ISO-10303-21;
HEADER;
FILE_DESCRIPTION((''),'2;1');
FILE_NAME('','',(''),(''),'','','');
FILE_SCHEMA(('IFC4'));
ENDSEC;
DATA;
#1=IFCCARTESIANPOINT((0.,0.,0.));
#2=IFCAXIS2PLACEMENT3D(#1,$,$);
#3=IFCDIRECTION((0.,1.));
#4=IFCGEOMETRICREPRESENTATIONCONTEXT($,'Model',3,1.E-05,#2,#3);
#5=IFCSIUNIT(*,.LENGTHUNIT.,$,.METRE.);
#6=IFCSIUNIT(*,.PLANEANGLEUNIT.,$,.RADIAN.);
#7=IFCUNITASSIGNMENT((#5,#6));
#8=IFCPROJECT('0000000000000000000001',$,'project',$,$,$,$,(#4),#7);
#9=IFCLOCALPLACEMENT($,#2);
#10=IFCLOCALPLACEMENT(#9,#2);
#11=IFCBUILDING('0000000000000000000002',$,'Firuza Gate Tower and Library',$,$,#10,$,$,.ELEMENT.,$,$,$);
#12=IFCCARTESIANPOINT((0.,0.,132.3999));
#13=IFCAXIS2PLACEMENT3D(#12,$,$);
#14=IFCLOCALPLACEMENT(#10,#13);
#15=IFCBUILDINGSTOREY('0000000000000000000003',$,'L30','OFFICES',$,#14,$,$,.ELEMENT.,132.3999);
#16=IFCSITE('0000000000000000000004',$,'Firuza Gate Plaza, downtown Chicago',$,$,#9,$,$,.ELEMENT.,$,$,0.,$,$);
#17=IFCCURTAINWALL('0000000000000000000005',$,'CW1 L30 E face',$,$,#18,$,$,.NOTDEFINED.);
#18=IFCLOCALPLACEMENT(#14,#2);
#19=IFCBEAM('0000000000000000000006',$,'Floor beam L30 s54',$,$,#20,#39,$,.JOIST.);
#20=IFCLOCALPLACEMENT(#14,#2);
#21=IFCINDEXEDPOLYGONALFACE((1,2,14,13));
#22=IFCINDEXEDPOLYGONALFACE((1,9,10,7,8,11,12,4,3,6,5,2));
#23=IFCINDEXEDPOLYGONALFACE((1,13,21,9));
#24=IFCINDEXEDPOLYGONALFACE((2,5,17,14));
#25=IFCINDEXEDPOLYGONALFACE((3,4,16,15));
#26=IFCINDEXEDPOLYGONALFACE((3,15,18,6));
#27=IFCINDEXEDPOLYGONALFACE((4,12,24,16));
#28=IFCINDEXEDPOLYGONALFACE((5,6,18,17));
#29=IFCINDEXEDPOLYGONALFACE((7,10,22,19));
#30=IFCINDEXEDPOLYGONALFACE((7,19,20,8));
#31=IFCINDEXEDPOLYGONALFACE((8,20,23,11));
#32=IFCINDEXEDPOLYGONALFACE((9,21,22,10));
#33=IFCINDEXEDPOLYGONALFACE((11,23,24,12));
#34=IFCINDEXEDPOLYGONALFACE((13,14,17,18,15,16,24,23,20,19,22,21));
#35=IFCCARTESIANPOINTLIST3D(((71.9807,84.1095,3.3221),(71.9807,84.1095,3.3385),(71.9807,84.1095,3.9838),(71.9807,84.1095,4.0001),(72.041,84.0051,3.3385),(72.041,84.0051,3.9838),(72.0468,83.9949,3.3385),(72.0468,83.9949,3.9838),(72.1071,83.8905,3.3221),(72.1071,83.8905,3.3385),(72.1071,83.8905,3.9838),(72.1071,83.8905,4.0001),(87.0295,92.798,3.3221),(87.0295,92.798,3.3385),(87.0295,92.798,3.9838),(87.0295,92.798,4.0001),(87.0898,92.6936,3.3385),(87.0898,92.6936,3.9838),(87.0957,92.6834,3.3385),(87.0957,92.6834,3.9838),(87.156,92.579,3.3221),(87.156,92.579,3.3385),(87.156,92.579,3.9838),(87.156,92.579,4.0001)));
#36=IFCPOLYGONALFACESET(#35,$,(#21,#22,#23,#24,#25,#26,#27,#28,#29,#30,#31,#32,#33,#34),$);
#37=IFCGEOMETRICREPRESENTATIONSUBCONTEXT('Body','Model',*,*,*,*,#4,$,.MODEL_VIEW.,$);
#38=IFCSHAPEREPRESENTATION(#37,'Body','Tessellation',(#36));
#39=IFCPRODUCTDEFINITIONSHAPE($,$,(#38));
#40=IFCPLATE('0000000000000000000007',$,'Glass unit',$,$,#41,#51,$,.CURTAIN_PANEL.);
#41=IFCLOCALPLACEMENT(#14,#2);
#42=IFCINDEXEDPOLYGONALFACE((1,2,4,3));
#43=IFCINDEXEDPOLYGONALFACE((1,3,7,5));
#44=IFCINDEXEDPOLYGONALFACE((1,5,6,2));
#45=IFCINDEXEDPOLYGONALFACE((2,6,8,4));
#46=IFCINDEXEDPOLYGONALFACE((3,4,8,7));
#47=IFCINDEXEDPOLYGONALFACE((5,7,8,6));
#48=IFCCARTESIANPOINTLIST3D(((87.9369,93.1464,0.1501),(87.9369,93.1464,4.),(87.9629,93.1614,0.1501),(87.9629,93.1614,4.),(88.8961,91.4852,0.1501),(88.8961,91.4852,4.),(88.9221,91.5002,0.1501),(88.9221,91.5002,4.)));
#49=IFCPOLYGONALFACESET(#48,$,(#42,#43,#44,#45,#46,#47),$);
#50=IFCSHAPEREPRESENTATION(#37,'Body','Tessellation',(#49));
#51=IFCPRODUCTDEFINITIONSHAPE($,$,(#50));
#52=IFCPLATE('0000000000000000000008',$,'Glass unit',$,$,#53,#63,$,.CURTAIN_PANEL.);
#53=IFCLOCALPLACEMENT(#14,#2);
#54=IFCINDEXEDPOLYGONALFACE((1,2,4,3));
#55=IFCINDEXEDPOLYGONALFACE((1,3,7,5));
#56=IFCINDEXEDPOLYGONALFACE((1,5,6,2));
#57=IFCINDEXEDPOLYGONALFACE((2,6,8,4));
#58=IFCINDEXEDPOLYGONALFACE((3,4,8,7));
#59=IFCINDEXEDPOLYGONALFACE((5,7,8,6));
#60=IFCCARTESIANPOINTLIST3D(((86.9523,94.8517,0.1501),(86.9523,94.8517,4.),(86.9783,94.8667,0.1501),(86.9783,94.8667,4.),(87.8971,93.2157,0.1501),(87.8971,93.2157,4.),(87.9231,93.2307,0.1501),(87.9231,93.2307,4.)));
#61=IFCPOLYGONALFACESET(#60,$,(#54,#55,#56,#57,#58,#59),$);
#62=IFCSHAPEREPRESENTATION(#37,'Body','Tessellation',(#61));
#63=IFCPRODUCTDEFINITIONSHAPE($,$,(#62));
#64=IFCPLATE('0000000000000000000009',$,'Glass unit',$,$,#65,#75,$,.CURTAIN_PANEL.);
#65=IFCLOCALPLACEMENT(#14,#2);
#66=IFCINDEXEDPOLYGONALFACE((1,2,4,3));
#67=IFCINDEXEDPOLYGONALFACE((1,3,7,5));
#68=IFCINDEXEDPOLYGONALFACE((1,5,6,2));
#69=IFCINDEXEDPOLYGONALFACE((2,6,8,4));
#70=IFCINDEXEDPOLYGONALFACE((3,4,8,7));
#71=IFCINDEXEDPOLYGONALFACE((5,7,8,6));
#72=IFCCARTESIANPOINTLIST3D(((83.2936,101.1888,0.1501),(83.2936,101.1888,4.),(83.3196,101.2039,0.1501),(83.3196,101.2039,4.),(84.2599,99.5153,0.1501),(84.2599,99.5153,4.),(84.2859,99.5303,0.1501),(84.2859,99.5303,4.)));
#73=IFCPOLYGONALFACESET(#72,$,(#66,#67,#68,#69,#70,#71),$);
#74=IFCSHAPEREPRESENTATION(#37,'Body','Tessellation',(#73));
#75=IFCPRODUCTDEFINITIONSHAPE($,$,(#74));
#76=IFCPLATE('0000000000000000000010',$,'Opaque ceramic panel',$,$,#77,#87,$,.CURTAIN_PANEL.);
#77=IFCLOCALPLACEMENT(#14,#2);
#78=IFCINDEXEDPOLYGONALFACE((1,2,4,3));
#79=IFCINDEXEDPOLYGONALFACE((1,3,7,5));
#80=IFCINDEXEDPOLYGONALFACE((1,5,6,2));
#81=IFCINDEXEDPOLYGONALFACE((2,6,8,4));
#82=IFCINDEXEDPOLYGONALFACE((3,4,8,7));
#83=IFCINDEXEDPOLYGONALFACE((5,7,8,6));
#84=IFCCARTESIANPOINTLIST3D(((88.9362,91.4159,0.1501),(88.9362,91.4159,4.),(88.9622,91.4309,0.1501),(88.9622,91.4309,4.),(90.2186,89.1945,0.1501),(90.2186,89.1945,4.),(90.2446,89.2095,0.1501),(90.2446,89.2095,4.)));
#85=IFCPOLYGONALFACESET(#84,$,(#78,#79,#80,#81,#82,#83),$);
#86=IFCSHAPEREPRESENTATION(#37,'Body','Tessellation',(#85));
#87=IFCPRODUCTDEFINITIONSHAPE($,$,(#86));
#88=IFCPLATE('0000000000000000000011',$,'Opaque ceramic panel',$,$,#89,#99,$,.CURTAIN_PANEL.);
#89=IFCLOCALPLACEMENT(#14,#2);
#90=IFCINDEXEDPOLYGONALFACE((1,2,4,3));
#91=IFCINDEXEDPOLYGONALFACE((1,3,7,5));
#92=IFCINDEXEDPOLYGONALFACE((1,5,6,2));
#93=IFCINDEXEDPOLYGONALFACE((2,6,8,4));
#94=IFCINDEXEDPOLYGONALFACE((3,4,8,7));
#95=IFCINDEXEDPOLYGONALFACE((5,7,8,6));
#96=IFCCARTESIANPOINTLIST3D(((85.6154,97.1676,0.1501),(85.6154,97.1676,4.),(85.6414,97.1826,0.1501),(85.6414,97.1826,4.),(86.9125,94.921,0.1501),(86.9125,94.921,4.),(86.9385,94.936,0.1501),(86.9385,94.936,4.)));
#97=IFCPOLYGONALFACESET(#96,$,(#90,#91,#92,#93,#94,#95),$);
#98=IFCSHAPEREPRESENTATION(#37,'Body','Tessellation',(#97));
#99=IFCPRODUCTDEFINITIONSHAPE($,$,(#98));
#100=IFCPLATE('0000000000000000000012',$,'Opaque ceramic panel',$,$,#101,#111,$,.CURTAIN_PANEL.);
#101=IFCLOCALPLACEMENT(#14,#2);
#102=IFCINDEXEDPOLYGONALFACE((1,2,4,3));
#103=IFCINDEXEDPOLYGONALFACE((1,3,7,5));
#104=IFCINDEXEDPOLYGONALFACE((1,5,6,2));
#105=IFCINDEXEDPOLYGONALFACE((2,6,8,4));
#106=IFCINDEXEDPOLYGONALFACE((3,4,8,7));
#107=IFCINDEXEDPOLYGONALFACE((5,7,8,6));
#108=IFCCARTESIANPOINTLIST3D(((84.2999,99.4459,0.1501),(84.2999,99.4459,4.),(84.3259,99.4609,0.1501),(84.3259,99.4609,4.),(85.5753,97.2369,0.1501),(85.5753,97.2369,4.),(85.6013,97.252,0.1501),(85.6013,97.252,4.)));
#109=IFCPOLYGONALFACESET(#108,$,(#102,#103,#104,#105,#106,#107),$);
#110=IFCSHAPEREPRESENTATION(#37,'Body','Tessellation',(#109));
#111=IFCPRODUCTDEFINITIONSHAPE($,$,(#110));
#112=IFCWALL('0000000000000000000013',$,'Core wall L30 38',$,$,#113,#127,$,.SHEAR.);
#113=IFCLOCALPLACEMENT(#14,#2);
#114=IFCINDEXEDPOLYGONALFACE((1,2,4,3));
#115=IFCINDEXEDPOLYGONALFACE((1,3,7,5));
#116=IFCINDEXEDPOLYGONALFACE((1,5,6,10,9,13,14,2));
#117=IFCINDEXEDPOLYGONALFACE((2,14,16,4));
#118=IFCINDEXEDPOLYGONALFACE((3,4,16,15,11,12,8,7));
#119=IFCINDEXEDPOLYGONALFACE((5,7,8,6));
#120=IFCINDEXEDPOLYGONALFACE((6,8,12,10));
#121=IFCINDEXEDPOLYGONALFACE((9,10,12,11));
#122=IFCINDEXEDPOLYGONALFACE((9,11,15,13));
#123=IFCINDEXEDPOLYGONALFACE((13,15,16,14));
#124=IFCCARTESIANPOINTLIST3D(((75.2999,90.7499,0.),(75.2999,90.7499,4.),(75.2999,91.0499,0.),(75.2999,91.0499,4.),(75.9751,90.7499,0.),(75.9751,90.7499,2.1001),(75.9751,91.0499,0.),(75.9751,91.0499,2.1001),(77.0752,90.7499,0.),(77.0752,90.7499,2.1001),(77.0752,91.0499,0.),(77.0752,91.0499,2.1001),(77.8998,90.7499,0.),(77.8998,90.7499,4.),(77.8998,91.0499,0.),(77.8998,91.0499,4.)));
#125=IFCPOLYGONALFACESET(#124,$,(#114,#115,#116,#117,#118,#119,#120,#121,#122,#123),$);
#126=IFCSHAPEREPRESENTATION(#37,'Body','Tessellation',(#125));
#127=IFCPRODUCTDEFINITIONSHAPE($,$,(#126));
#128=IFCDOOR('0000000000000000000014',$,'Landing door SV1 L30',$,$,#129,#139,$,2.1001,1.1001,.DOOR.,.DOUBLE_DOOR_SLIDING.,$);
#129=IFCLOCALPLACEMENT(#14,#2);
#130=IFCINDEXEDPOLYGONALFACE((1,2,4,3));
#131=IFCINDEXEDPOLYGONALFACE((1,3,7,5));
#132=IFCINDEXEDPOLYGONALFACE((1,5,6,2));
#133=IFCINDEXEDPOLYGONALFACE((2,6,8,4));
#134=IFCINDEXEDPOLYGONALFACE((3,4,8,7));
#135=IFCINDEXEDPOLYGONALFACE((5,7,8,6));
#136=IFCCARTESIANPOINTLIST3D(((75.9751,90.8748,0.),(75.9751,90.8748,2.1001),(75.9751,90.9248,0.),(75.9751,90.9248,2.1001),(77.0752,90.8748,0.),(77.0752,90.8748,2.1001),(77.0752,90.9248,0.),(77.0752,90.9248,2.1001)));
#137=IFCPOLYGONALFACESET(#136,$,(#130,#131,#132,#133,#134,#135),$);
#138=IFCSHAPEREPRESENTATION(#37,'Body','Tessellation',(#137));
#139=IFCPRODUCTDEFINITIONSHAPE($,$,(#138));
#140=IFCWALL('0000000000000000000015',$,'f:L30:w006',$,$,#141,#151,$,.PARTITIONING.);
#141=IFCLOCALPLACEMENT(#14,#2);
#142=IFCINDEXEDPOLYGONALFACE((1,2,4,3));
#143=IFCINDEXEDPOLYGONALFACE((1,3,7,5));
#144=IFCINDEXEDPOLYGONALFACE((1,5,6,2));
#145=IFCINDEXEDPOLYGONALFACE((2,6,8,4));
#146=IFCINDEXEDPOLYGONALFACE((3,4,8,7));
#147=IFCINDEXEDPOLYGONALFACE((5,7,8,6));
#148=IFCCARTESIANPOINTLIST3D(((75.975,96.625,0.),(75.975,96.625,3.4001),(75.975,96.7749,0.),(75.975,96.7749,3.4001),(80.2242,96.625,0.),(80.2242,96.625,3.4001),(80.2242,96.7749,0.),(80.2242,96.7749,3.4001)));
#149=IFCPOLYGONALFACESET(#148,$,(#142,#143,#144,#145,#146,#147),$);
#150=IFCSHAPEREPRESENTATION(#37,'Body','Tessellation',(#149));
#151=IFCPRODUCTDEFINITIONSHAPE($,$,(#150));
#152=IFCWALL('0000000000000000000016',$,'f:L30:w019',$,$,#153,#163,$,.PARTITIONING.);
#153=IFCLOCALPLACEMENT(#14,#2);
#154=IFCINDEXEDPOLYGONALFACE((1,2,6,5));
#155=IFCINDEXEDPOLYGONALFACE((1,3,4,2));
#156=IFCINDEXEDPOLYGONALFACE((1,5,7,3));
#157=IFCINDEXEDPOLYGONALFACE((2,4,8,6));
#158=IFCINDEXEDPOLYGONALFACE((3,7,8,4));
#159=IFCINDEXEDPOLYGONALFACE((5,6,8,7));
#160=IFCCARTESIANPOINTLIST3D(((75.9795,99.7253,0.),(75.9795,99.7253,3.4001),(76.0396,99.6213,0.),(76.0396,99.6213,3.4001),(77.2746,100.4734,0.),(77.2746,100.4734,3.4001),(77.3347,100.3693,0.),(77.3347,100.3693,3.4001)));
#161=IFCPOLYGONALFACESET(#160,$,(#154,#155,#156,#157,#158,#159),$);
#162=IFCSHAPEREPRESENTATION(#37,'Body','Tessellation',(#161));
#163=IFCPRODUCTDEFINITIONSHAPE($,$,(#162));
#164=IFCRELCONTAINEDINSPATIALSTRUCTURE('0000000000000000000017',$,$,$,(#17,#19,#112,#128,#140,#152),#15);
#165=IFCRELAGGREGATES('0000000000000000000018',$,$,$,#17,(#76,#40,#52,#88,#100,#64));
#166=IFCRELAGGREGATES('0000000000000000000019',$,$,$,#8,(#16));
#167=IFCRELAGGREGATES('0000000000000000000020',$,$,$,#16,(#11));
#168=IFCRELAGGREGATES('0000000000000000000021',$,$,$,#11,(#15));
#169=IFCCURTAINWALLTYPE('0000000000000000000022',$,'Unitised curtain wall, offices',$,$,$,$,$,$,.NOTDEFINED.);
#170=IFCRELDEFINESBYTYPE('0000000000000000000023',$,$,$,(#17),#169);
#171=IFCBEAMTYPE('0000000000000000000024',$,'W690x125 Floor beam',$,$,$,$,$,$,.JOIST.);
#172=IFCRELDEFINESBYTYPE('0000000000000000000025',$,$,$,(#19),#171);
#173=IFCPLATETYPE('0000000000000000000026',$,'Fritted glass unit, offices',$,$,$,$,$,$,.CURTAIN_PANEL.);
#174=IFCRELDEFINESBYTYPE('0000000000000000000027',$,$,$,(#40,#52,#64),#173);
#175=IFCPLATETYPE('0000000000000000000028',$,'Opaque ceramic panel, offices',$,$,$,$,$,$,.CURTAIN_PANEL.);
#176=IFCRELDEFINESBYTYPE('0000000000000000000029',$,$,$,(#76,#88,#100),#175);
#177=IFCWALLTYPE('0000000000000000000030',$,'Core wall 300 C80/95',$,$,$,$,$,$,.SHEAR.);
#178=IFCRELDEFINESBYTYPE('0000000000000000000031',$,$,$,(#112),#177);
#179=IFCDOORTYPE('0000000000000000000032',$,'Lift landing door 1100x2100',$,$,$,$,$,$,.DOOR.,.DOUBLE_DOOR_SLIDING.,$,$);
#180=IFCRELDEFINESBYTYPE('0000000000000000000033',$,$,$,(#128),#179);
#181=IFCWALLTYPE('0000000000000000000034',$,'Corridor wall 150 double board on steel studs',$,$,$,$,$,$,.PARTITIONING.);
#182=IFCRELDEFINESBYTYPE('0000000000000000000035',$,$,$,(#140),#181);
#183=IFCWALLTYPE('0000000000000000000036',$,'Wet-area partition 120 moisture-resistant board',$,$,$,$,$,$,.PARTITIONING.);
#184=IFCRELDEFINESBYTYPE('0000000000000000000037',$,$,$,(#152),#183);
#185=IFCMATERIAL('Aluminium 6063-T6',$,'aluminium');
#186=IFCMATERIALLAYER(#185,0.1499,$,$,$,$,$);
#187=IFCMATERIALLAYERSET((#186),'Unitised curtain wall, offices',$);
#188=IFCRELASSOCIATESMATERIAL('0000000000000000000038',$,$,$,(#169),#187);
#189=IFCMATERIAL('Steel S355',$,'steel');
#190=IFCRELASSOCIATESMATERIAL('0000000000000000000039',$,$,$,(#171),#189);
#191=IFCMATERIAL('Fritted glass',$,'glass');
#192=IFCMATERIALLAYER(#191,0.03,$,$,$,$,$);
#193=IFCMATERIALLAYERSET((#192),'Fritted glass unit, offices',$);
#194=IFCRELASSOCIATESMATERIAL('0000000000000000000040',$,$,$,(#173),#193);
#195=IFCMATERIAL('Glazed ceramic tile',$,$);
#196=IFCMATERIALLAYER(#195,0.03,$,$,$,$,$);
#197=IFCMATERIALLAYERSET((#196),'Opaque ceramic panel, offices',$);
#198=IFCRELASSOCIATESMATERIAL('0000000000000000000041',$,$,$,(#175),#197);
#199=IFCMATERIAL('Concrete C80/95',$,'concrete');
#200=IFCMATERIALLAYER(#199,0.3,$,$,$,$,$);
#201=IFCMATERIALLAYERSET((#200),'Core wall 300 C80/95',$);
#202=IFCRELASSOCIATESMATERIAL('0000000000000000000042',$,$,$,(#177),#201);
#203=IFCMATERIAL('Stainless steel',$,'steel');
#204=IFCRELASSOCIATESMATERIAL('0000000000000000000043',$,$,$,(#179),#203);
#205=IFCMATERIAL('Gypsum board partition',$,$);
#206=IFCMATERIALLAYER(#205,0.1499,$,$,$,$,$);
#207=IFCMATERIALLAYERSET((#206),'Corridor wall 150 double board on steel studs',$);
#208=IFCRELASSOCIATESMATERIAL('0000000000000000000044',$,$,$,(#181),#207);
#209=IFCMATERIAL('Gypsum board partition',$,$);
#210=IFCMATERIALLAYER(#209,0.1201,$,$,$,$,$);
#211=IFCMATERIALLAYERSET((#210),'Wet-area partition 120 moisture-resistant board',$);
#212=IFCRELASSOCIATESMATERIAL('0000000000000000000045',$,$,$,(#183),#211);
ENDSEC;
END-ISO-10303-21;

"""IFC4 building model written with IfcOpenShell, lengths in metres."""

from ifc_helpers import new_model, si_unit, direction, frame, frame_2d, origin, origin_2d, place, context, subcontext, project, spatial, polyline, rectangle, i_section, outline, extrude, material, layer, layer_set, material_profile, profile_set, type_object, element, fill, aggregate, save


model = new_model("IFC4")

# Units and contexts
model_context = context("Model", 3, precision=1e-05, world=origin(), true_north=direction((0.0, 1.0)))
body_context = subcontext(model_context, "Body", "Model", "MODEL_VIEW")
ifc_project = project(units=[si_unit("LENGTHUNIT", "METRE"), si_unit("PLANEANGLEUNIT", "RADIAN")], contexts=[model_context])

# Site, building, storey
site_placement = place(None, origin())
site = spatial("IfcSite", under=ifc_project, at=site_placement, Name="Firuza Gate Plaza, downtown Chicago", CompositionType="ELEMENT", RefElevation=0.0)
building_placement = place(site_placement, origin())
building = spatial("IfcBuilding", under=site, at=building_placement, Name="Firuza Gate Tower and Library", CompositionType="ELEMENT")
storey_placement = place(building_placement, frame((0.0, 0.0, 132.3999)))
storey = spatial("IfcBuildingStorey", under=building, at=storey_placement, Name="L30", Description="OFFICES", CompositionType="ELEMENT", Elevation=132.3999)

# Curtain wall
ifc_material_1 = material(Name="Aluminium 6063-T6", Category="aluminium")
ifc_layer_1 = layer(ifc_material_1, 0.1499)
ifc_layer_set_1 = layer_set([ifc_layer_1], Name="Unitised curtain wall, offices")
curtain_wall_type = type_object("IfcCurtainWallType", Name="Unitised curtain wall, offices", PredefinedType="NOTDEFINED", material=ifc_layer_set_1)
curtain_wall_placement = place(storey_placement, origin())
curtain_wall = element("IfcCurtainWall", 1, at=curtain_wall_placement, inside=storey, type_object=curtain_wall_type, Name="CW1 L30 E face", PredefinedType="NOTDEFINED")

# Beam
ifc_material_2 = material(Name="Steel S355", Category="steel")
ifc_material_profile_1 = material_profile(ifc_material_2, i_section(OverallWidth=0.2529, OverallDepth=0.678, WebThickness=0.0117, FlangeThickness=0.0164, at=origin_2d()))
ifc_profile_set_1 = profile_set([ifc_material_profile_1], Name="Steel S355")
beam_type_1 = type_object("IfcBeamType", Name="W690x125 Floor beam", PredefinedType="JOIST", material=ifc_profile_set_1)
beam_1_placement = place(storey_placement, frame((87.0928, 92.6885, 3.6611), z_axis=(-0.866025, -0.500001, 0.0), x_axis=(0.500001, -0.866025, 0.0)))
element("IfcBeam", 2, at=beam_1_placement, inside=storey, type_object=beam_type_1, Name="Floor beam L30 s54", PredefinedType="JOIST", context=body_context, shape_type="SweptSolid", body=[
    extrude(i_section(OverallWidth=0.2529, OverallDepth=0.678, WebThickness=0.0117, FlangeThickness=0.0164, at=origin_2d()), origin(), (0.0, 0.0, 1.0), 17.377),
])

# Plates
ifc_material_3 = material(Name="Fritted glass", Category="glass")
ifc_layer_2 = layer(ifc_material_3, 0.03)
ifc_layer_set_2 = layer_set([ifc_layer_2], Name="Fritted glass unit, offices")
plate_type_1 = type_object("IfcPlateType", Name="Fritted glass unit, offices", PredefinedType="CURTAIN_PANEL", material=ifc_layer_set_2)
plate_1_placement = place(storey_placement, frame((88.9221, 91.5002, 0.1501), z_axis=(0.865986, 0.500068, 0.0), x_axis=(-0.500068, 0.865986, 0.0)))
plate_1 = element("IfcPlate", 3, at=plate_1_placement, type_object=plate_type_1, Name="Glass unit", PredefinedType="CURTAIN_PANEL", context=body_context, shape_type="SweptSolid", body=[
    extrude(outline(polyline([(0.0, 0.0), (1.9182, 0.0), (1.9182, 3.8499), (0.0, 3.8499), (0.0, 0.0)])), origin(), (0.0, 0.0, -1.0), 0.03),
])
plate_2_placement = place(storey_placement, frame((87.9231, 93.2307, 0.1501), z_axis=(0.86596, 0.500114, 0.0), x_axis=(-0.500114, 0.86596, 0.0)))
plate_2 = element("IfcPlate", 4, at=plate_2_placement, type_object=plate_type_1, Name="Glass unit", PredefinedType="CURTAIN_PANEL", context=body_context, shape_type="SweptSolid", body=[
    extrude(outline(polyline([(0.0, 0.0), (1.8892, 0.0), (1.8892, 3.8499), (0.0, 3.8499), (0.0, 0.0)])), origin(), (0.0, 0.0, -1.0), 0.03),
])
plate_3_placement = place(storey_placement, frame((84.2859, 99.5303, 0.1501), z_axis=(0.866011, 0.500025, 0.0), x_axis=(-0.500025, 0.866011, 0.0)))
plate_3 = element("IfcPlate", 5, at=plate_3_placement, type_object=plate_type_1, Name="Glass unit", PredefinedType="CURTAIN_PANEL", context=body_context, shape_type="SweptSolid", body=[
    extrude(outline(polyline([(0.0, 0.0), (1.9325, 0.0), (1.9325, 3.8499), (0.0, 3.8499), (0.0, 0.0)])), origin(), (0.0, 0.0, -1.0), 0.03),
])
ifc_material_4 = material(Name="Glazed ceramic tile")
ifc_layer_3 = layer(ifc_material_4, 0.03)
ifc_layer_set_3 = layer_set([ifc_layer_3], Name="Opaque ceramic panel, offices")
plate_type_2 = type_object("IfcPlateType", Name="Opaque ceramic panel, offices", PredefinedType="CURTAIN_PANEL", material=ifc_layer_set_3)
plate_4_placement = place(storey_placement, frame((90.2446, 89.2095, 0.1501), z_axis=(0.866038, 0.499978, 0.0), x_axis=(-0.499978, 0.866038, 0.0)))
plate_4 = element("IfcPlate", 6, at=plate_4_placement, type_object=plate_type_2, Name="Opaque ceramic panel", PredefinedType="CURTAIN_PANEL", context=body_context, shape_type="SweptSolid", body=[
    extrude(outline(polyline([(0.0, 0.0), (2.5651, 0.0), (2.5651, 3.8499), (0.0, 3.8499), (0.0, 0.0)])), origin(), (0.0, 0.0, -1.0), 0.03),
])
plate_5_placement = place(storey_placement, frame((86.9385, 94.936, 0.1501), z_axis=(0.866016, 0.500016, 0.0), x_axis=(-0.500016, 0.866016, 0.0)))
plate_5 = element("IfcPlate", 7, at=plate_5_placement, type_object=plate_type_2, Name="Opaque ceramic panel", PredefinedType="CURTAIN_PANEL", context=body_context, shape_type="SweptSolid", body=[
    extrude(outline(polyline([(0.0, 0.0), (2.5942, 0.0), (2.5942, 3.8499), (0.0, 3.8499), (0.0, 0.0)])), origin(), (0.0, 0.0, -1.0), 0.03),
])
plate_6_placement = place(storey_placement, frame((85.6013, 97.252, 0.1501), z_axis=(0.86602, 0.50001, 0.0), x_axis=(-0.50001, 0.86602, 0.0)))
plate_6 = element("IfcPlate", 8, at=plate_6_placement, type_object=plate_type_2, Name="Opaque ceramic panel", PredefinedType="CURTAIN_PANEL", context=body_context, shape_type="SweptSolid", body=[
    extrude(outline(polyline([(0.0, 0.0), (2.5507, 0.0), (2.5507, 3.8499), (0.0, 3.8499), (0.0, 0.0)])), origin(), (0.0, 0.0, -1.0), 0.03),
])
aggregate(curtain_wall, [plate_4, plate_1, plate_2, plate_5, plate_6, plate_3])

# Wall, opening, door
ifc_material_5 = material(Name="Concrete C80/95", Category="concrete")
ifc_layer_4 = layer(ifc_material_5, 0.3)
ifc_layer_set_4 = layer_set([ifc_layer_4], Name="Core wall 300 C80/95")
wall_type_1 = type_object("IfcWallType", Name="Core wall 300 C80/95", PredefinedType="SHEAR", material=ifc_layer_set_4)
wall_1_placement = place(storey_placement, frame((75.3, 90.8999, 0.0), z_axis=(0.0, 0.0, 1.0), x_axis=(1.0, 0.0, 0.0)))
wall_1 = element("IfcWall", 9, at=wall_1_placement, inside=storey, type_object=wall_type_1, Name="Core wall L30 38", PredefinedType="SHEAR", context=body_context, shape_type="SweptSolid", body=[
    extrude(rectangle(XDim=2.5999, YDim=0.3, at=frame_2d((1.2998, 0.0))), origin(), (0.0, 0.0, 1.0), 4.0),
])
opening_1_placement = place(wall_1_placement, frame((0.675, 0.0, 0.0)))
opening_1 = element("IfcOpeningElement", 10, at=opening_1_placement, cuts=wall_1, PredefinedType="OPENING", context=body_context, shape_type="SweptSolid", body=[
    extrude(rectangle(XDim=1.1001, YDim=2.1001, at=frame_2d((0.55, 1.05))), frame((0.0, 0.1602, 0.0), z_axis=(0.0, -1.0, 0.0), x_axis=(1.0, 0.0, 0.0)), (0.0, 0.0, 1.0), 0.3201),
])
ifc_material_6 = material(Name="Stainless steel", Category="steel")
door_type_1 = type_object("IfcDoorType", Name="Lift landing door 1100x2100", OperationType="DOUBLE_DOOR_SLIDING", PredefinedType="DOOR", material=ifc_material_6)
door_1_placement = place(opening_1_placement, origin())
door_1 = element("IfcDoor", 11, at=door_1_placement, inside=storey, type_object=door_type_1, Name="Landing door SV1 L30", OperationType="DOUBLE_DOOR_SLIDING", OverallHeight=2.1001, OverallWidth=1.1001, PredefinedType="DOOR", context=body_context, shape_type="SweptSolid", body=[
    extrude(rectangle(XDim=1.1001, YDim=2.1001, at=frame_2d((0.55, 1.05))), frame((0.0, 0.0249, 0.0), z_axis=(0.0, -1.0, 0.0), x_axis=(1.0, 0.0, 0.0)), (0.0, 0.0, 1.0), 0.05),
])
fill(opening_1, door_1)

# Walls
ifc_material_7 = material(Name="Gypsum board partition")
ifc_layer_5 = layer(ifc_material_7, 0.1499)
ifc_layer_set_5 = layer_set([ifc_layer_5], Name="Corridor wall 150 double board on steel studs")
wall_type_2 = type_object("IfcWallType", Name="Corridor wall 150 double board on steel studs", PredefinedType="PARTITIONING", material=ifc_layer_set_5)
wall_2_placement = place(storey_placement, frame((75.9751, 96.7, 0.0), z_axis=(0.0, 0.0, 1.0), x_axis=(1.0, 0.0, 0.0)))
element("IfcWall", 12, at=wall_2_placement, inside=storey, type_object=wall_type_2, Name="f:L30:w006", PredefinedType="PARTITIONING", context=body_context, shape_type="SweptSolid", body=[
    extrude(rectangle(XDim=4.2493, YDim=0.1499, at=frame_2d((2.1245, 0.0))), origin(), (0.0, 0.0, 1.0), 3.4001),
])
ifc_material_8 = material(Name="Gypsum board partition")
ifc_layer_6 = layer(ifc_material_8, 0.1201)
ifc_layer_set_6 = layer_set([ifc_layer_6], Name="Wet-area partition 120 moisture-resistant board")
wall_type_3 = type_object("IfcWallType", Name="Wet-area partition 120 moisture-resistant board", PredefinedType="PARTITIONING", material=ifc_layer_set_6)
wall_3_placement = place(storey_placement, frame((76.0095, 99.6733, 0.0), z_axis=(0.0, 0.0, 1.0), x_axis=(0.865944, 0.500142, 0.0)))
element("IfcWall", 13, at=wall_3_placement, inside=storey, type_object=wall_type_3, Name="f:L30:w019", PredefinedType="PARTITIONING", context=body_context, shape_type="SweptSolid", body=[
    extrude(rectangle(XDim=1.4956, YDim=0.1201, at=frame_2d((0.7478, 0.0))), origin(), (0.0, 0.0, 1.0), 3.4001),
])

save(model, "model.ifc")
